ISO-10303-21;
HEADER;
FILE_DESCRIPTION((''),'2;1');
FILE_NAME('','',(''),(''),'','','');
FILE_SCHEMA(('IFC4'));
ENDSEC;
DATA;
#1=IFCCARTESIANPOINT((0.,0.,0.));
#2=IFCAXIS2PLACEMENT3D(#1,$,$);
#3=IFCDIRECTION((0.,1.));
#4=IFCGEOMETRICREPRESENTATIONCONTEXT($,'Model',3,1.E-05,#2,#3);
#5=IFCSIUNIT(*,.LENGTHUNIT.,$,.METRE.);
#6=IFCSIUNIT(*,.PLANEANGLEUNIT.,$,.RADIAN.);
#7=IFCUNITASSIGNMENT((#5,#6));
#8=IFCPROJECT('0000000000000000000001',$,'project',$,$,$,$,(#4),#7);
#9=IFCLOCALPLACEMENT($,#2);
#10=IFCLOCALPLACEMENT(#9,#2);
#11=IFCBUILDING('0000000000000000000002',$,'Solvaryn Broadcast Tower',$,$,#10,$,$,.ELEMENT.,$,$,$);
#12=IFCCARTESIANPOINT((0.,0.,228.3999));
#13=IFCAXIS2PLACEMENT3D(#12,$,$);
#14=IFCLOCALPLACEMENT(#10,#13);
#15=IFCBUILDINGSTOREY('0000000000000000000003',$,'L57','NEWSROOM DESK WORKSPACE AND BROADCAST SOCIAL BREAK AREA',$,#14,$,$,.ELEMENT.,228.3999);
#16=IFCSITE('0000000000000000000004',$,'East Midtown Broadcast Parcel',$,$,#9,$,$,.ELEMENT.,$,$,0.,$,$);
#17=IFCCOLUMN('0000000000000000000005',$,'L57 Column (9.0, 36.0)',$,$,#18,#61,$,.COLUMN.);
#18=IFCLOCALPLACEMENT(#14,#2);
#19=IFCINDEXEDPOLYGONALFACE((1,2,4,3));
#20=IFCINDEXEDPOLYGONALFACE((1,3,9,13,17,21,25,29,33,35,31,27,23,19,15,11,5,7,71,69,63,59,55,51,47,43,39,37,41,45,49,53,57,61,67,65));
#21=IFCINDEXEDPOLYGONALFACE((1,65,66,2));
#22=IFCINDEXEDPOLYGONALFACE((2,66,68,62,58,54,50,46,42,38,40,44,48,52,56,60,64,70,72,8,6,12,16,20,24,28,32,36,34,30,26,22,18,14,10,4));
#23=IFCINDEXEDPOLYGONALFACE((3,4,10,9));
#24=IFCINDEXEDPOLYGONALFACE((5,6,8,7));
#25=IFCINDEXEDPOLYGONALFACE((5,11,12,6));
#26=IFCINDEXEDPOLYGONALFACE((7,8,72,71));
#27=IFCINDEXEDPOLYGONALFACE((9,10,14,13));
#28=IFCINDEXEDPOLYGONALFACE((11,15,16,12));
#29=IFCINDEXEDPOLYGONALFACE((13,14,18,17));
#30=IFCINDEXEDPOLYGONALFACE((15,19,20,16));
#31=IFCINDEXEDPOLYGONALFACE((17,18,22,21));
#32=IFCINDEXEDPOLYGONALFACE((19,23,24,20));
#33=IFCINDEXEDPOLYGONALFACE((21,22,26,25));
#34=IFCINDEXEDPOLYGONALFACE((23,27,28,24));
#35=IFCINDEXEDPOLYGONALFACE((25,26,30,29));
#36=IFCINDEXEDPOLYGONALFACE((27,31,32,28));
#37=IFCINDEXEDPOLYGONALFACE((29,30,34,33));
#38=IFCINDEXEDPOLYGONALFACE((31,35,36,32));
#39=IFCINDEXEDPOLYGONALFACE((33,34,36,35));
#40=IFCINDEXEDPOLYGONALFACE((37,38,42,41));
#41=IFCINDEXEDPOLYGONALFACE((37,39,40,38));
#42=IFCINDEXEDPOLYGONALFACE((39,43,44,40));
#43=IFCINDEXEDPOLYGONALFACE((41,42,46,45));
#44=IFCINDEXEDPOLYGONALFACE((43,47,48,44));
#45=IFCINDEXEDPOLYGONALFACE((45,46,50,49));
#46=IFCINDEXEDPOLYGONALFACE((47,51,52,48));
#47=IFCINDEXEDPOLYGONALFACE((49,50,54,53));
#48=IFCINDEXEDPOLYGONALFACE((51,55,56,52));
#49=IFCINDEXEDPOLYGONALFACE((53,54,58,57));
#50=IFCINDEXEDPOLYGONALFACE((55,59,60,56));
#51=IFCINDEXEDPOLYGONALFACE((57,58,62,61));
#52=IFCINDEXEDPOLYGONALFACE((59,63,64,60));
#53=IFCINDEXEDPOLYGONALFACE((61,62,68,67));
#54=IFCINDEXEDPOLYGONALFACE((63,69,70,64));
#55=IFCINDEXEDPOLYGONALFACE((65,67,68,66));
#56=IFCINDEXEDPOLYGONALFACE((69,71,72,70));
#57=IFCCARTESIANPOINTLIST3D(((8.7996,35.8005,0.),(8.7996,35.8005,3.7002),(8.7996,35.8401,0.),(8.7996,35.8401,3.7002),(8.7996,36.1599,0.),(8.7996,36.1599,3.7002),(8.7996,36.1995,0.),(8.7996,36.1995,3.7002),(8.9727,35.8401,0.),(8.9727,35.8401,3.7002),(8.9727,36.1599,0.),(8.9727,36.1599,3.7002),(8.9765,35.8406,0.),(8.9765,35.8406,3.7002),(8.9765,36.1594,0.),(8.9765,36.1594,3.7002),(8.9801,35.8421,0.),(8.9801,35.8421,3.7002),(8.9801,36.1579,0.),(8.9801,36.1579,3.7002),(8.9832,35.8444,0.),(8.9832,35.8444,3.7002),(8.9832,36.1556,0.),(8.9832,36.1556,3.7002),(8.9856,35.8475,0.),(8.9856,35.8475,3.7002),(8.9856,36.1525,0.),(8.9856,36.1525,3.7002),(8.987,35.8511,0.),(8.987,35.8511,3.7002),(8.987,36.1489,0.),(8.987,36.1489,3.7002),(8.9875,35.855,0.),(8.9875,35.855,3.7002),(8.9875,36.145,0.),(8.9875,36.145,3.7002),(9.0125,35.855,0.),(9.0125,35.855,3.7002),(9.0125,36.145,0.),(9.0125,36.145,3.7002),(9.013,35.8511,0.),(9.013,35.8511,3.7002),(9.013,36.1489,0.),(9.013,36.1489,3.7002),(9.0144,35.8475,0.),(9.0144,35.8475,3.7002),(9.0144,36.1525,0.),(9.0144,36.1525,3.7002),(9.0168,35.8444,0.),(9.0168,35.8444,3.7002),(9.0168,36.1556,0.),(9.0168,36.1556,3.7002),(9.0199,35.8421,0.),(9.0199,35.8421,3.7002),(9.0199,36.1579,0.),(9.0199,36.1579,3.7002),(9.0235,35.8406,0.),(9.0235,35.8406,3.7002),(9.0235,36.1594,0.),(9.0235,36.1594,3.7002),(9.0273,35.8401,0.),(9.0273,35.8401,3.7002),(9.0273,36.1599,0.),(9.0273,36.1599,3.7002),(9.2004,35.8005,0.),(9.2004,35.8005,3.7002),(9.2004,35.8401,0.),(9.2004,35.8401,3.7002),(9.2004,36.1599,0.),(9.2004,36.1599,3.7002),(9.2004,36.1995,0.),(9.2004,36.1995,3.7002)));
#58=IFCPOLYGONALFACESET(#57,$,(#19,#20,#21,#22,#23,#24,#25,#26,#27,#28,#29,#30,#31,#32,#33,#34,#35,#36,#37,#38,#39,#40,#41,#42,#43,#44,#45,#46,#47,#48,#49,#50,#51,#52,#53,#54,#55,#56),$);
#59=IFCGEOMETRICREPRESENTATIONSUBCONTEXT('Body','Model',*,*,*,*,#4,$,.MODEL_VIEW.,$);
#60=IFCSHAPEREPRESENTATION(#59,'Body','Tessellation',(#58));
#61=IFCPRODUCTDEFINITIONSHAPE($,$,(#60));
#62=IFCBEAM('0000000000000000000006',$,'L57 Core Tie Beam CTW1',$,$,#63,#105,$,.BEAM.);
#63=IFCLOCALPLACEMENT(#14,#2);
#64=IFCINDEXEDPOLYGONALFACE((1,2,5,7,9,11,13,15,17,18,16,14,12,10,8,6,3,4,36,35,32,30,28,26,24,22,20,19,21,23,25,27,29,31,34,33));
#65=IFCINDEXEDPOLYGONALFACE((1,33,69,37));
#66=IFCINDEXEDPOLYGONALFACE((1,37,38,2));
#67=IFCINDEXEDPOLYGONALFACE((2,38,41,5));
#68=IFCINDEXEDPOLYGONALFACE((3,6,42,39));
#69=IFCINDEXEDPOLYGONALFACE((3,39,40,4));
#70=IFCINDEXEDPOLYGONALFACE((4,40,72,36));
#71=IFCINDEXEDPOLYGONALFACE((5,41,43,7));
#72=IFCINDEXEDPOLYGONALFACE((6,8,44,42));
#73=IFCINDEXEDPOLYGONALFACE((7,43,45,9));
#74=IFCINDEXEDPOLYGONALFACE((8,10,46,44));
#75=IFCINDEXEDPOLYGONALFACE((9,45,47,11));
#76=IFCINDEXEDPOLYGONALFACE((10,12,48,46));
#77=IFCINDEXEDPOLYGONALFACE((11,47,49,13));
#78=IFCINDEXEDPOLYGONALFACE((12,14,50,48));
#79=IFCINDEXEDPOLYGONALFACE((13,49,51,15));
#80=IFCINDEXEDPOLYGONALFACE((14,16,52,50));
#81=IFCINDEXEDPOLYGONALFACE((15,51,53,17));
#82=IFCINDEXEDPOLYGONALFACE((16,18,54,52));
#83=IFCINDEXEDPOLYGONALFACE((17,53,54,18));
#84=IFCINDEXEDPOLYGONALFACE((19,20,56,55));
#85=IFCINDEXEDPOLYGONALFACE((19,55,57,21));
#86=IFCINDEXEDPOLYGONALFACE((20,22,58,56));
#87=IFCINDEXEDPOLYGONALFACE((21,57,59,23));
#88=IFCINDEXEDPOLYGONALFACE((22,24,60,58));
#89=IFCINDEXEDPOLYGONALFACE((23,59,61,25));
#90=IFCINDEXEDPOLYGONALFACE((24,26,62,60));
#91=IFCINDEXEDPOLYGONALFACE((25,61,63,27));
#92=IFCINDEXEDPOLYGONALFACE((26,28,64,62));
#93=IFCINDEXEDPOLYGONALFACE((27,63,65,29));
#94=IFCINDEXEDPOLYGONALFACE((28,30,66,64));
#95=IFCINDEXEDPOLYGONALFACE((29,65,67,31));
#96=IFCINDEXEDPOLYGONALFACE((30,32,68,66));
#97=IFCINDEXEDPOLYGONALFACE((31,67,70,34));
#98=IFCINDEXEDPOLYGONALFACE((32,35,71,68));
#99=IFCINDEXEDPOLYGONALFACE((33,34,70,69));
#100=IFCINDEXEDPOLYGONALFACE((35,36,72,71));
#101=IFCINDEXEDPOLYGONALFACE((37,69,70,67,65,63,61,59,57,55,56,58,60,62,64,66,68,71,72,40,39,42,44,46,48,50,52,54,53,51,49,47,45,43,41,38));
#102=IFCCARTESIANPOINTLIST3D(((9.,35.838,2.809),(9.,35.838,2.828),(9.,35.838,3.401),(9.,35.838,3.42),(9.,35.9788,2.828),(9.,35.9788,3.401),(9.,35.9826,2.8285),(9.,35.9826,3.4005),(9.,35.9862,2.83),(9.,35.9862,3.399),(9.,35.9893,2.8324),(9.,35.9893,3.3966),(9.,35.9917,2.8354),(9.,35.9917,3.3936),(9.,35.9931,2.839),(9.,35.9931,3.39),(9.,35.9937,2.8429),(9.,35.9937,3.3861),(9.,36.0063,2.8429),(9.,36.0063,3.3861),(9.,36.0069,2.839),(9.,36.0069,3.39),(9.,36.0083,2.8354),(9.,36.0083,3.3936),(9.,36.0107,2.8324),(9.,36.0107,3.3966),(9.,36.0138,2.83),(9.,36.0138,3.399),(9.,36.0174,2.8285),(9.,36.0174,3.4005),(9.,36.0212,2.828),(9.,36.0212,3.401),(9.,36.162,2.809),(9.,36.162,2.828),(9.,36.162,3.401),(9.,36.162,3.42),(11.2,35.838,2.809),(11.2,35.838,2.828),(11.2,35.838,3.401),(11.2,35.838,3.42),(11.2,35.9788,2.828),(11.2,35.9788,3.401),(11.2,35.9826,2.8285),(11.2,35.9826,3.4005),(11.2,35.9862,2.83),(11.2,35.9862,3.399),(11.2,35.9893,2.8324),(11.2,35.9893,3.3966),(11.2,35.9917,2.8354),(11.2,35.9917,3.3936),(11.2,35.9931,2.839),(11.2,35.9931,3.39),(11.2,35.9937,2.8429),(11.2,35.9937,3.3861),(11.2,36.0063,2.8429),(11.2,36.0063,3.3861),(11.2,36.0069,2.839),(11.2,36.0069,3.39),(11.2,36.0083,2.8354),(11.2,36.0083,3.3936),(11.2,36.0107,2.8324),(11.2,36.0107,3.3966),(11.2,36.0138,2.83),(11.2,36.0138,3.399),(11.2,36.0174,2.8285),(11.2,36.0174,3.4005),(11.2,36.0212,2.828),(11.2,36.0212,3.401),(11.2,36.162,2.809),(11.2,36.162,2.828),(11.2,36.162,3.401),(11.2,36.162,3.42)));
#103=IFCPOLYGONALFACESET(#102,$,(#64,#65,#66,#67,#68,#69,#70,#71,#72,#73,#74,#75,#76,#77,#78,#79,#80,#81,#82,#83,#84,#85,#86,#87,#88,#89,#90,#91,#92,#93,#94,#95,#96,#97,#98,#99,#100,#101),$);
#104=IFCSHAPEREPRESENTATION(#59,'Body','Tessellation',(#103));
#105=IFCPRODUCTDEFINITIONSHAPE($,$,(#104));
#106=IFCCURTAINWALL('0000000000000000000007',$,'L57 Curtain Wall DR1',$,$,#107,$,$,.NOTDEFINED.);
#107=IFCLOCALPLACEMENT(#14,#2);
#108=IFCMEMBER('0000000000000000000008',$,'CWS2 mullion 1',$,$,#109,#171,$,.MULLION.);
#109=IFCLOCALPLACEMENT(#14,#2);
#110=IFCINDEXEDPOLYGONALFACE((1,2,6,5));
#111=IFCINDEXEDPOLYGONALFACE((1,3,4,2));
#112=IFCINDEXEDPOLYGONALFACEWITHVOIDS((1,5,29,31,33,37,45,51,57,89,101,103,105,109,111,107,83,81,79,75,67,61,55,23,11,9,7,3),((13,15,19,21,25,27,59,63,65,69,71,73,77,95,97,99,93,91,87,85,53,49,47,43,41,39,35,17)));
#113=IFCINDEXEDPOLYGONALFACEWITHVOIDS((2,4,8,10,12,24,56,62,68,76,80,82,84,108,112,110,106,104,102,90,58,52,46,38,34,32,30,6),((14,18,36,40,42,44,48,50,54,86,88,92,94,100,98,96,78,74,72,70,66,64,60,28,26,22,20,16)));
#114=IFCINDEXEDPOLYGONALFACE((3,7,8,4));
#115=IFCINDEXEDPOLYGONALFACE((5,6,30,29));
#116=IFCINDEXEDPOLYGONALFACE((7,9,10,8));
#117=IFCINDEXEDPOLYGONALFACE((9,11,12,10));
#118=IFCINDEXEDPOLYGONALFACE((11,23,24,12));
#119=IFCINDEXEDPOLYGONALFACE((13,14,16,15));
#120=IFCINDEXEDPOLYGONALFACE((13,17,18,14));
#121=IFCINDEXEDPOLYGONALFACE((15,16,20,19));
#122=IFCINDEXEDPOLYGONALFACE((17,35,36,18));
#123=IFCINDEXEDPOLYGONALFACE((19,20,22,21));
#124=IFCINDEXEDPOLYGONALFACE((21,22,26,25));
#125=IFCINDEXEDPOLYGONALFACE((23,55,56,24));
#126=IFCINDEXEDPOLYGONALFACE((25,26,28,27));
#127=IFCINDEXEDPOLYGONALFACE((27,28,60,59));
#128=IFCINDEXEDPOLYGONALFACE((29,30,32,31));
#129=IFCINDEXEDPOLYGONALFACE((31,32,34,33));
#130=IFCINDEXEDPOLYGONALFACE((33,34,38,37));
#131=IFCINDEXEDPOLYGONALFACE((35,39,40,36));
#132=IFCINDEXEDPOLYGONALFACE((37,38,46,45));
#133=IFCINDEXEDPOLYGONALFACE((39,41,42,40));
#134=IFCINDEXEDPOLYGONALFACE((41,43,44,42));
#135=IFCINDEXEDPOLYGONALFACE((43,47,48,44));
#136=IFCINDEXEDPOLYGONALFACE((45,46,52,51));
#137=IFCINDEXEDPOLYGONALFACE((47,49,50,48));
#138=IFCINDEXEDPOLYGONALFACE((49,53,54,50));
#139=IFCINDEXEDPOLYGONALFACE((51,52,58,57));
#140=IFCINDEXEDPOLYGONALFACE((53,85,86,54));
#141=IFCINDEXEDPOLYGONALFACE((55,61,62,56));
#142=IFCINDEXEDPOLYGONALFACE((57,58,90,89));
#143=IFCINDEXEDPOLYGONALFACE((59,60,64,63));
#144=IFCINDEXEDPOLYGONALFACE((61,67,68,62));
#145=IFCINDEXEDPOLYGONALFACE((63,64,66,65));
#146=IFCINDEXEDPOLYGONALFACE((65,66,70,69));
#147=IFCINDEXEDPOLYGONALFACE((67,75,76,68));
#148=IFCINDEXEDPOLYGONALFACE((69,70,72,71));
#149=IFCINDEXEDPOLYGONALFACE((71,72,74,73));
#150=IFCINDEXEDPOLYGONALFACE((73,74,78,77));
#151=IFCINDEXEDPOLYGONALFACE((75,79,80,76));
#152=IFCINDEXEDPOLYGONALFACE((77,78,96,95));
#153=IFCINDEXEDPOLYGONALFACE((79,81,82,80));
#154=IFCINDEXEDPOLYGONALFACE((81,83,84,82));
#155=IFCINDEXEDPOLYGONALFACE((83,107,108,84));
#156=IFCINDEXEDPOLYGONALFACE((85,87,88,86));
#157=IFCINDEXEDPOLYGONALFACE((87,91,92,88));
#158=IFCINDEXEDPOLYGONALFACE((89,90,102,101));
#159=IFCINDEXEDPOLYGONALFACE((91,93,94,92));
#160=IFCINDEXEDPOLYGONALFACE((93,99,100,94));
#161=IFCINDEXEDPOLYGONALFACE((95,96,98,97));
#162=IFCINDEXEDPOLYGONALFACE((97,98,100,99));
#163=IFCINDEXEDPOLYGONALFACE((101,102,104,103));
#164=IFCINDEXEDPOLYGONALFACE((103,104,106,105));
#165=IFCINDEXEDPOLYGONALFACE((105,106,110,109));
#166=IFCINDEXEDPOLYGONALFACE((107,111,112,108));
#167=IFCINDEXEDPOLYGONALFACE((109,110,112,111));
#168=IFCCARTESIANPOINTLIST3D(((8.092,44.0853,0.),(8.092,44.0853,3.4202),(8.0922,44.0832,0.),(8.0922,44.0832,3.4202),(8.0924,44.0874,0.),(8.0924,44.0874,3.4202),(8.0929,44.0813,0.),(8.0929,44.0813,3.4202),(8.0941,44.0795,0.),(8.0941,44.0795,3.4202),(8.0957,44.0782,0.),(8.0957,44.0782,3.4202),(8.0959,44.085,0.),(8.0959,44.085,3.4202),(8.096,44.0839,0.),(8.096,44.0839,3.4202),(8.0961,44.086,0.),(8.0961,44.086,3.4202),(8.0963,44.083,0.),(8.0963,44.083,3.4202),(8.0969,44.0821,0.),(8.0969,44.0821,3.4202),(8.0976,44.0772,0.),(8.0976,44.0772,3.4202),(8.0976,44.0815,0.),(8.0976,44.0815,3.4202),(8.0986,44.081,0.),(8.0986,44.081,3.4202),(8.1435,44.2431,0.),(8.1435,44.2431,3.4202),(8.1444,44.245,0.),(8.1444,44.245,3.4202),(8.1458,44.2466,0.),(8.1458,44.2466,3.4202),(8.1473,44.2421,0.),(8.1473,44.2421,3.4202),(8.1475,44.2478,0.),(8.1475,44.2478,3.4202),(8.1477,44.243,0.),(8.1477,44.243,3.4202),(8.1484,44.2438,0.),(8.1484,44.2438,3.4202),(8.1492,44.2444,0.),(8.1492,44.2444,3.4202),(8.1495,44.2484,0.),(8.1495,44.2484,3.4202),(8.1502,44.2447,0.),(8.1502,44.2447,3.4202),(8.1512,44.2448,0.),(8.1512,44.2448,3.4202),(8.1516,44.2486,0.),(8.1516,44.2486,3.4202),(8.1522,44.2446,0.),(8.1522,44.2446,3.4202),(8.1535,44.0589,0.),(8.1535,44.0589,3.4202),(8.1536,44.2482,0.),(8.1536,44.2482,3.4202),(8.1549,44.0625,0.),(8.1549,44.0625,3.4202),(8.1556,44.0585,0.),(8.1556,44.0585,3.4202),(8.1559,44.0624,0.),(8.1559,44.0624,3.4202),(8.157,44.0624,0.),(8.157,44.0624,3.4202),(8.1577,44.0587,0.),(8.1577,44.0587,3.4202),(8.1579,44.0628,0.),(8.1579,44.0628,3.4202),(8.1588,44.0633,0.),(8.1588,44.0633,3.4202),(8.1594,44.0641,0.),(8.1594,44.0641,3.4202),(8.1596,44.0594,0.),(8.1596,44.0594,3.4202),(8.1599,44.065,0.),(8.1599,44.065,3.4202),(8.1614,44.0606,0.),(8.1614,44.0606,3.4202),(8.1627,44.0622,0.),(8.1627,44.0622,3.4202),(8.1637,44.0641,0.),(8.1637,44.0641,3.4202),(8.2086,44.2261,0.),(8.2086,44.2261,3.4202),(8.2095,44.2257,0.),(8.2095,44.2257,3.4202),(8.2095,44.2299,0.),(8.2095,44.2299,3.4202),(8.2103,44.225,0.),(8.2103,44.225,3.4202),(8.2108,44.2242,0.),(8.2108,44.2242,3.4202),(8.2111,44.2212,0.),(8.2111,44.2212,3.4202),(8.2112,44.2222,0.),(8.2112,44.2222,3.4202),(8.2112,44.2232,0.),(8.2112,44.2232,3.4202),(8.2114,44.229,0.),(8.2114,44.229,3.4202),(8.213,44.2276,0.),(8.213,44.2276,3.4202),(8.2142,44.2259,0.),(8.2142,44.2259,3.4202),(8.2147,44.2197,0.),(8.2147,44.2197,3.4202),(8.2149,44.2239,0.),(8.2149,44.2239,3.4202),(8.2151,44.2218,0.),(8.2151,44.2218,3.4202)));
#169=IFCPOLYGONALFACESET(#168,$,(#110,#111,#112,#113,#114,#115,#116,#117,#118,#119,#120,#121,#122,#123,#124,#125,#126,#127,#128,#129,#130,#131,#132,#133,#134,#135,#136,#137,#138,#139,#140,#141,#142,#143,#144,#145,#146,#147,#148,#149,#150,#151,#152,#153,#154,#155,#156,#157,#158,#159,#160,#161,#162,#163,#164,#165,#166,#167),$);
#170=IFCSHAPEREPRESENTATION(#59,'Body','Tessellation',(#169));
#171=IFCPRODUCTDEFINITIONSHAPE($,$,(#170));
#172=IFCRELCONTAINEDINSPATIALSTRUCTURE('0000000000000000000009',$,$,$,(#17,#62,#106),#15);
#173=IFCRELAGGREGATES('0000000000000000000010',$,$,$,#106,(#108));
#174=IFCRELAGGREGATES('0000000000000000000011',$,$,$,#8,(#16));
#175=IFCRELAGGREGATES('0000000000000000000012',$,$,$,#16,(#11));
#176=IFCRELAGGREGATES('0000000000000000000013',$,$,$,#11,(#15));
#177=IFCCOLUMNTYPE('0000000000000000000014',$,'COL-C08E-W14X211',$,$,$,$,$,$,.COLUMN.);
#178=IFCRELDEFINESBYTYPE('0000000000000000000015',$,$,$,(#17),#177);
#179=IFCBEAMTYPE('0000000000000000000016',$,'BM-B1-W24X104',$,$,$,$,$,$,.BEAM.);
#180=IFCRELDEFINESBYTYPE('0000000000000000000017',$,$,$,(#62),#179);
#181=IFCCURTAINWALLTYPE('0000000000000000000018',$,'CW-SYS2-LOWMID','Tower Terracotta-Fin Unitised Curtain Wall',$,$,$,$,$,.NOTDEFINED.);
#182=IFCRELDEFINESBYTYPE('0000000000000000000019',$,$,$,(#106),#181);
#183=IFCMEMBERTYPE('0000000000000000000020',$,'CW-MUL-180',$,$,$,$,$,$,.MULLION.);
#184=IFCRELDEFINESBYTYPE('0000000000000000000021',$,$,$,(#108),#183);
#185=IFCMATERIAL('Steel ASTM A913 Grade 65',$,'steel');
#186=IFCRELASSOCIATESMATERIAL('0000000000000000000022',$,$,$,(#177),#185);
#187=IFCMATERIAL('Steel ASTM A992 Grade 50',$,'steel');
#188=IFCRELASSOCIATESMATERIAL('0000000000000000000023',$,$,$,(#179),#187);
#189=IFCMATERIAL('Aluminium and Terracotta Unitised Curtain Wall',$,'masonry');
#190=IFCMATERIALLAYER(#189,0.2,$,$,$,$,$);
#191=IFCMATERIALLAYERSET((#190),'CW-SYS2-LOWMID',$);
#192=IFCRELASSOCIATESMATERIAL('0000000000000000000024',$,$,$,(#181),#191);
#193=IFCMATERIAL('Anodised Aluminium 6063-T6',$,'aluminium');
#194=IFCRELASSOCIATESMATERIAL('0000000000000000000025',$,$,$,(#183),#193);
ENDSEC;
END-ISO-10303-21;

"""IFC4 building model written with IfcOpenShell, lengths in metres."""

from ifc_helpers import new_model, si_unit, direction, frame, origin, origin_2d, place, context, subcontext, project, spatial, hollow_rectangle, i_section, extrude, material, layer, layer_set, material_profile, profile_set, type_object, element, aggregate, save


model = new_model("IFC4")

# Units and contexts
model_context = context("Model", 3, precision=1e-05, world=origin(), true_north=direction((0.0, 1.0)))
body_context = subcontext(model_context, "Body", "Model", "MODEL_VIEW")
ifc_project = project(units=[si_unit("LENGTHUNIT", "METRE"), si_unit("PLANEANGLEUNIT", "RADIAN")], contexts=[model_context])

# Site, building, storey
site_placement = place(None, origin())
site = spatial("IfcSite", under=ifc_project, at=site_placement, Name="East Midtown Broadcast Parcel", CompositionType="ELEMENT", RefElevation=0.0)
building_placement = place(site_placement, origin())
building = spatial("IfcBuilding", under=site, at=building_placement, Name="Solvaryn Broadcast Tower", CompositionType="ELEMENT")
storey_placement = place(building_placement, frame((0.0, 0.0, 228.3999)))
storey = spatial("IfcBuildingStorey", under=building, at=storey_placement, Name="L57", Description="NEWSROOM DESK WORKSPACE AND BROADCAST SOCIAL BREAK AREA", CompositionType="ELEMENT", Elevation=228.3999)

# Column
ifc_material_1 = material(Name="Steel ASTM A913 Grade 65", Category="steel")
ifc_material_profile_1 = material_profile(ifc_material_1, i_section(OverallWidth=0.4009, OverallDepth=0.3989, WebThickness=0.0249, FlangeThickness=0.0396, FilletRadius=0.0149, at=origin_2d()))
ifc_profile_set_1 = profile_set([ifc_material_profile_1], Name="Steel ASTM A913 Grade 65")
column_type = type_object("IfcColumnType", Name="COL-C08E-W14X211", PredefinedType="COLUMN", material=ifc_profile_set_1)
column_placement = place(storey_placement, frame((9.0, 36.0, 0.0), z_axis=(0.0, 0.0, 1.0), x_axis=(1.0, 0.0, 0.0)))
element("IfcColumn", 1, at=column_placement, inside=storey, type_object=column_type, Name="L57 Column (9.0, 36.0)", PredefinedType="COLUMN", context=body_context, shape_type="SweptSolid", body=[
    extrude(i_section(OverallWidth=0.4009, OverallDepth=0.3989, WebThickness=0.0249, FlangeThickness=0.0396, FilletRadius=0.0149, at=origin_2d()), origin(), (0.0, 0.0, 1.0), 3.7002),
])

# Beam
ifc_material_2 = material(Name="Steel ASTM A992 Grade 50", Category="steel")
ifc_material_profile_2 = material_profile(ifc_material_2, i_section(OverallWidth=0.324, OverallDepth=0.6111, WebThickness=0.0127, FlangeThickness=0.019, FilletRadius=0.0149, at=origin_2d()))
ifc_profile_set_2 = profile_set([ifc_material_profile_2], Name="Steel ASTM A992 Grade 50")
beam_type = type_object("IfcBeamType", Name="BM-B1-W24X104", PredefinedType="BEAM", material=ifc_profile_set_2)
beam_placement = place(storey_placement, frame((9.0, 36.0, 3.1145), z_axis=(1.0, 0.0, 0.0), x_axis=(0.0, 1.0, 0.0)))
element("IfcBeam", 2, at=beam_placement, inside=storey, type_object=beam_type, Name="L57 Core Tie Beam CTW1", PredefinedType="BEAM", context=body_context, shape_type="SweptSolid", body=[
    extrude(i_section(OverallWidth=0.324, OverallDepth=0.6111, WebThickness=0.0127, FlangeThickness=0.019, FilletRadius=0.0149, at=origin_2d()), origin(), (0.0, 0.0, 1.0), 2.2),
])

# Curtain wall, member
ifc_material_3 = material(Name="Aluminium and Terracotta Unitised Curtain Wall", Category="masonry")
ifc_layer_1 = layer(ifc_material_3, 0.2)
ifc_layer_set_1 = layer_set([ifc_layer_1], Name="CW-SYS2-LOWMID")
curtain_wall_type = type_object("IfcCurtainWallType", Name="CW-SYS2-LOWMID", Description="Tower Terracotta-Fin Unitised Curtain Wall", PredefinedType="NOTDEFINED", material=ifc_layer_set_1)
curtain_wall_1_placement = place(storey_placement, origin())
curtain_wall_1 = element("IfcCurtainWall", 3, at=curtain_wall_1_placement, inside=storey, type_object=curtain_wall_type, Name="L57 Curtain Wall DR1", PredefinedType="NOTDEFINED")
ifc_material_4 = material(Name="Anodised Aluminium 6063-T6", Category="aluminium")
ifc_material_profile_3 = material_profile(ifc_material_4, hollow_rectangle(XDim=0.075, YDim=0.1799, WallThickness=0.0039, InnerFilletRadius=0.0039, OuterFilletRadius=0.0081, at=origin_2d()))
ifc_profile_set_3 = profile_set([ifc_material_profile_3], Name="Anodised Aluminium 6063-T6")
member_type_1 = type_object("IfcMemberType", Name="CW-MUL-180", PredefinedType="MULLION", material=ifc_profile_set_3)
member_1_placement = place(storey_placement, frame((8.1536, 44.1536, 0.0), z_axis=(0.0, 0.0, 1.0), x_axis=(0.950227, -0.311559, 0.0)))
member_1 = element("IfcMember", 4, at=member_1_placement, type_object=member_type_1, Name="CWS2 mullion 1", PredefinedType="MULLION", context=body_context, shape_type="SweptSolid", body=[
    extrude(hollow_rectangle(XDim=0.075, YDim=0.1799, WallThickness=0.0039, InnerFilletRadius=0.0039, OuterFilletRadius=0.0081, at=origin_2d()), origin(), (0.0, 0.0, 1.0), 3.4202),
])

aggregate(curtain_wall_1, [member_1])

save(model, "model.ifc")
